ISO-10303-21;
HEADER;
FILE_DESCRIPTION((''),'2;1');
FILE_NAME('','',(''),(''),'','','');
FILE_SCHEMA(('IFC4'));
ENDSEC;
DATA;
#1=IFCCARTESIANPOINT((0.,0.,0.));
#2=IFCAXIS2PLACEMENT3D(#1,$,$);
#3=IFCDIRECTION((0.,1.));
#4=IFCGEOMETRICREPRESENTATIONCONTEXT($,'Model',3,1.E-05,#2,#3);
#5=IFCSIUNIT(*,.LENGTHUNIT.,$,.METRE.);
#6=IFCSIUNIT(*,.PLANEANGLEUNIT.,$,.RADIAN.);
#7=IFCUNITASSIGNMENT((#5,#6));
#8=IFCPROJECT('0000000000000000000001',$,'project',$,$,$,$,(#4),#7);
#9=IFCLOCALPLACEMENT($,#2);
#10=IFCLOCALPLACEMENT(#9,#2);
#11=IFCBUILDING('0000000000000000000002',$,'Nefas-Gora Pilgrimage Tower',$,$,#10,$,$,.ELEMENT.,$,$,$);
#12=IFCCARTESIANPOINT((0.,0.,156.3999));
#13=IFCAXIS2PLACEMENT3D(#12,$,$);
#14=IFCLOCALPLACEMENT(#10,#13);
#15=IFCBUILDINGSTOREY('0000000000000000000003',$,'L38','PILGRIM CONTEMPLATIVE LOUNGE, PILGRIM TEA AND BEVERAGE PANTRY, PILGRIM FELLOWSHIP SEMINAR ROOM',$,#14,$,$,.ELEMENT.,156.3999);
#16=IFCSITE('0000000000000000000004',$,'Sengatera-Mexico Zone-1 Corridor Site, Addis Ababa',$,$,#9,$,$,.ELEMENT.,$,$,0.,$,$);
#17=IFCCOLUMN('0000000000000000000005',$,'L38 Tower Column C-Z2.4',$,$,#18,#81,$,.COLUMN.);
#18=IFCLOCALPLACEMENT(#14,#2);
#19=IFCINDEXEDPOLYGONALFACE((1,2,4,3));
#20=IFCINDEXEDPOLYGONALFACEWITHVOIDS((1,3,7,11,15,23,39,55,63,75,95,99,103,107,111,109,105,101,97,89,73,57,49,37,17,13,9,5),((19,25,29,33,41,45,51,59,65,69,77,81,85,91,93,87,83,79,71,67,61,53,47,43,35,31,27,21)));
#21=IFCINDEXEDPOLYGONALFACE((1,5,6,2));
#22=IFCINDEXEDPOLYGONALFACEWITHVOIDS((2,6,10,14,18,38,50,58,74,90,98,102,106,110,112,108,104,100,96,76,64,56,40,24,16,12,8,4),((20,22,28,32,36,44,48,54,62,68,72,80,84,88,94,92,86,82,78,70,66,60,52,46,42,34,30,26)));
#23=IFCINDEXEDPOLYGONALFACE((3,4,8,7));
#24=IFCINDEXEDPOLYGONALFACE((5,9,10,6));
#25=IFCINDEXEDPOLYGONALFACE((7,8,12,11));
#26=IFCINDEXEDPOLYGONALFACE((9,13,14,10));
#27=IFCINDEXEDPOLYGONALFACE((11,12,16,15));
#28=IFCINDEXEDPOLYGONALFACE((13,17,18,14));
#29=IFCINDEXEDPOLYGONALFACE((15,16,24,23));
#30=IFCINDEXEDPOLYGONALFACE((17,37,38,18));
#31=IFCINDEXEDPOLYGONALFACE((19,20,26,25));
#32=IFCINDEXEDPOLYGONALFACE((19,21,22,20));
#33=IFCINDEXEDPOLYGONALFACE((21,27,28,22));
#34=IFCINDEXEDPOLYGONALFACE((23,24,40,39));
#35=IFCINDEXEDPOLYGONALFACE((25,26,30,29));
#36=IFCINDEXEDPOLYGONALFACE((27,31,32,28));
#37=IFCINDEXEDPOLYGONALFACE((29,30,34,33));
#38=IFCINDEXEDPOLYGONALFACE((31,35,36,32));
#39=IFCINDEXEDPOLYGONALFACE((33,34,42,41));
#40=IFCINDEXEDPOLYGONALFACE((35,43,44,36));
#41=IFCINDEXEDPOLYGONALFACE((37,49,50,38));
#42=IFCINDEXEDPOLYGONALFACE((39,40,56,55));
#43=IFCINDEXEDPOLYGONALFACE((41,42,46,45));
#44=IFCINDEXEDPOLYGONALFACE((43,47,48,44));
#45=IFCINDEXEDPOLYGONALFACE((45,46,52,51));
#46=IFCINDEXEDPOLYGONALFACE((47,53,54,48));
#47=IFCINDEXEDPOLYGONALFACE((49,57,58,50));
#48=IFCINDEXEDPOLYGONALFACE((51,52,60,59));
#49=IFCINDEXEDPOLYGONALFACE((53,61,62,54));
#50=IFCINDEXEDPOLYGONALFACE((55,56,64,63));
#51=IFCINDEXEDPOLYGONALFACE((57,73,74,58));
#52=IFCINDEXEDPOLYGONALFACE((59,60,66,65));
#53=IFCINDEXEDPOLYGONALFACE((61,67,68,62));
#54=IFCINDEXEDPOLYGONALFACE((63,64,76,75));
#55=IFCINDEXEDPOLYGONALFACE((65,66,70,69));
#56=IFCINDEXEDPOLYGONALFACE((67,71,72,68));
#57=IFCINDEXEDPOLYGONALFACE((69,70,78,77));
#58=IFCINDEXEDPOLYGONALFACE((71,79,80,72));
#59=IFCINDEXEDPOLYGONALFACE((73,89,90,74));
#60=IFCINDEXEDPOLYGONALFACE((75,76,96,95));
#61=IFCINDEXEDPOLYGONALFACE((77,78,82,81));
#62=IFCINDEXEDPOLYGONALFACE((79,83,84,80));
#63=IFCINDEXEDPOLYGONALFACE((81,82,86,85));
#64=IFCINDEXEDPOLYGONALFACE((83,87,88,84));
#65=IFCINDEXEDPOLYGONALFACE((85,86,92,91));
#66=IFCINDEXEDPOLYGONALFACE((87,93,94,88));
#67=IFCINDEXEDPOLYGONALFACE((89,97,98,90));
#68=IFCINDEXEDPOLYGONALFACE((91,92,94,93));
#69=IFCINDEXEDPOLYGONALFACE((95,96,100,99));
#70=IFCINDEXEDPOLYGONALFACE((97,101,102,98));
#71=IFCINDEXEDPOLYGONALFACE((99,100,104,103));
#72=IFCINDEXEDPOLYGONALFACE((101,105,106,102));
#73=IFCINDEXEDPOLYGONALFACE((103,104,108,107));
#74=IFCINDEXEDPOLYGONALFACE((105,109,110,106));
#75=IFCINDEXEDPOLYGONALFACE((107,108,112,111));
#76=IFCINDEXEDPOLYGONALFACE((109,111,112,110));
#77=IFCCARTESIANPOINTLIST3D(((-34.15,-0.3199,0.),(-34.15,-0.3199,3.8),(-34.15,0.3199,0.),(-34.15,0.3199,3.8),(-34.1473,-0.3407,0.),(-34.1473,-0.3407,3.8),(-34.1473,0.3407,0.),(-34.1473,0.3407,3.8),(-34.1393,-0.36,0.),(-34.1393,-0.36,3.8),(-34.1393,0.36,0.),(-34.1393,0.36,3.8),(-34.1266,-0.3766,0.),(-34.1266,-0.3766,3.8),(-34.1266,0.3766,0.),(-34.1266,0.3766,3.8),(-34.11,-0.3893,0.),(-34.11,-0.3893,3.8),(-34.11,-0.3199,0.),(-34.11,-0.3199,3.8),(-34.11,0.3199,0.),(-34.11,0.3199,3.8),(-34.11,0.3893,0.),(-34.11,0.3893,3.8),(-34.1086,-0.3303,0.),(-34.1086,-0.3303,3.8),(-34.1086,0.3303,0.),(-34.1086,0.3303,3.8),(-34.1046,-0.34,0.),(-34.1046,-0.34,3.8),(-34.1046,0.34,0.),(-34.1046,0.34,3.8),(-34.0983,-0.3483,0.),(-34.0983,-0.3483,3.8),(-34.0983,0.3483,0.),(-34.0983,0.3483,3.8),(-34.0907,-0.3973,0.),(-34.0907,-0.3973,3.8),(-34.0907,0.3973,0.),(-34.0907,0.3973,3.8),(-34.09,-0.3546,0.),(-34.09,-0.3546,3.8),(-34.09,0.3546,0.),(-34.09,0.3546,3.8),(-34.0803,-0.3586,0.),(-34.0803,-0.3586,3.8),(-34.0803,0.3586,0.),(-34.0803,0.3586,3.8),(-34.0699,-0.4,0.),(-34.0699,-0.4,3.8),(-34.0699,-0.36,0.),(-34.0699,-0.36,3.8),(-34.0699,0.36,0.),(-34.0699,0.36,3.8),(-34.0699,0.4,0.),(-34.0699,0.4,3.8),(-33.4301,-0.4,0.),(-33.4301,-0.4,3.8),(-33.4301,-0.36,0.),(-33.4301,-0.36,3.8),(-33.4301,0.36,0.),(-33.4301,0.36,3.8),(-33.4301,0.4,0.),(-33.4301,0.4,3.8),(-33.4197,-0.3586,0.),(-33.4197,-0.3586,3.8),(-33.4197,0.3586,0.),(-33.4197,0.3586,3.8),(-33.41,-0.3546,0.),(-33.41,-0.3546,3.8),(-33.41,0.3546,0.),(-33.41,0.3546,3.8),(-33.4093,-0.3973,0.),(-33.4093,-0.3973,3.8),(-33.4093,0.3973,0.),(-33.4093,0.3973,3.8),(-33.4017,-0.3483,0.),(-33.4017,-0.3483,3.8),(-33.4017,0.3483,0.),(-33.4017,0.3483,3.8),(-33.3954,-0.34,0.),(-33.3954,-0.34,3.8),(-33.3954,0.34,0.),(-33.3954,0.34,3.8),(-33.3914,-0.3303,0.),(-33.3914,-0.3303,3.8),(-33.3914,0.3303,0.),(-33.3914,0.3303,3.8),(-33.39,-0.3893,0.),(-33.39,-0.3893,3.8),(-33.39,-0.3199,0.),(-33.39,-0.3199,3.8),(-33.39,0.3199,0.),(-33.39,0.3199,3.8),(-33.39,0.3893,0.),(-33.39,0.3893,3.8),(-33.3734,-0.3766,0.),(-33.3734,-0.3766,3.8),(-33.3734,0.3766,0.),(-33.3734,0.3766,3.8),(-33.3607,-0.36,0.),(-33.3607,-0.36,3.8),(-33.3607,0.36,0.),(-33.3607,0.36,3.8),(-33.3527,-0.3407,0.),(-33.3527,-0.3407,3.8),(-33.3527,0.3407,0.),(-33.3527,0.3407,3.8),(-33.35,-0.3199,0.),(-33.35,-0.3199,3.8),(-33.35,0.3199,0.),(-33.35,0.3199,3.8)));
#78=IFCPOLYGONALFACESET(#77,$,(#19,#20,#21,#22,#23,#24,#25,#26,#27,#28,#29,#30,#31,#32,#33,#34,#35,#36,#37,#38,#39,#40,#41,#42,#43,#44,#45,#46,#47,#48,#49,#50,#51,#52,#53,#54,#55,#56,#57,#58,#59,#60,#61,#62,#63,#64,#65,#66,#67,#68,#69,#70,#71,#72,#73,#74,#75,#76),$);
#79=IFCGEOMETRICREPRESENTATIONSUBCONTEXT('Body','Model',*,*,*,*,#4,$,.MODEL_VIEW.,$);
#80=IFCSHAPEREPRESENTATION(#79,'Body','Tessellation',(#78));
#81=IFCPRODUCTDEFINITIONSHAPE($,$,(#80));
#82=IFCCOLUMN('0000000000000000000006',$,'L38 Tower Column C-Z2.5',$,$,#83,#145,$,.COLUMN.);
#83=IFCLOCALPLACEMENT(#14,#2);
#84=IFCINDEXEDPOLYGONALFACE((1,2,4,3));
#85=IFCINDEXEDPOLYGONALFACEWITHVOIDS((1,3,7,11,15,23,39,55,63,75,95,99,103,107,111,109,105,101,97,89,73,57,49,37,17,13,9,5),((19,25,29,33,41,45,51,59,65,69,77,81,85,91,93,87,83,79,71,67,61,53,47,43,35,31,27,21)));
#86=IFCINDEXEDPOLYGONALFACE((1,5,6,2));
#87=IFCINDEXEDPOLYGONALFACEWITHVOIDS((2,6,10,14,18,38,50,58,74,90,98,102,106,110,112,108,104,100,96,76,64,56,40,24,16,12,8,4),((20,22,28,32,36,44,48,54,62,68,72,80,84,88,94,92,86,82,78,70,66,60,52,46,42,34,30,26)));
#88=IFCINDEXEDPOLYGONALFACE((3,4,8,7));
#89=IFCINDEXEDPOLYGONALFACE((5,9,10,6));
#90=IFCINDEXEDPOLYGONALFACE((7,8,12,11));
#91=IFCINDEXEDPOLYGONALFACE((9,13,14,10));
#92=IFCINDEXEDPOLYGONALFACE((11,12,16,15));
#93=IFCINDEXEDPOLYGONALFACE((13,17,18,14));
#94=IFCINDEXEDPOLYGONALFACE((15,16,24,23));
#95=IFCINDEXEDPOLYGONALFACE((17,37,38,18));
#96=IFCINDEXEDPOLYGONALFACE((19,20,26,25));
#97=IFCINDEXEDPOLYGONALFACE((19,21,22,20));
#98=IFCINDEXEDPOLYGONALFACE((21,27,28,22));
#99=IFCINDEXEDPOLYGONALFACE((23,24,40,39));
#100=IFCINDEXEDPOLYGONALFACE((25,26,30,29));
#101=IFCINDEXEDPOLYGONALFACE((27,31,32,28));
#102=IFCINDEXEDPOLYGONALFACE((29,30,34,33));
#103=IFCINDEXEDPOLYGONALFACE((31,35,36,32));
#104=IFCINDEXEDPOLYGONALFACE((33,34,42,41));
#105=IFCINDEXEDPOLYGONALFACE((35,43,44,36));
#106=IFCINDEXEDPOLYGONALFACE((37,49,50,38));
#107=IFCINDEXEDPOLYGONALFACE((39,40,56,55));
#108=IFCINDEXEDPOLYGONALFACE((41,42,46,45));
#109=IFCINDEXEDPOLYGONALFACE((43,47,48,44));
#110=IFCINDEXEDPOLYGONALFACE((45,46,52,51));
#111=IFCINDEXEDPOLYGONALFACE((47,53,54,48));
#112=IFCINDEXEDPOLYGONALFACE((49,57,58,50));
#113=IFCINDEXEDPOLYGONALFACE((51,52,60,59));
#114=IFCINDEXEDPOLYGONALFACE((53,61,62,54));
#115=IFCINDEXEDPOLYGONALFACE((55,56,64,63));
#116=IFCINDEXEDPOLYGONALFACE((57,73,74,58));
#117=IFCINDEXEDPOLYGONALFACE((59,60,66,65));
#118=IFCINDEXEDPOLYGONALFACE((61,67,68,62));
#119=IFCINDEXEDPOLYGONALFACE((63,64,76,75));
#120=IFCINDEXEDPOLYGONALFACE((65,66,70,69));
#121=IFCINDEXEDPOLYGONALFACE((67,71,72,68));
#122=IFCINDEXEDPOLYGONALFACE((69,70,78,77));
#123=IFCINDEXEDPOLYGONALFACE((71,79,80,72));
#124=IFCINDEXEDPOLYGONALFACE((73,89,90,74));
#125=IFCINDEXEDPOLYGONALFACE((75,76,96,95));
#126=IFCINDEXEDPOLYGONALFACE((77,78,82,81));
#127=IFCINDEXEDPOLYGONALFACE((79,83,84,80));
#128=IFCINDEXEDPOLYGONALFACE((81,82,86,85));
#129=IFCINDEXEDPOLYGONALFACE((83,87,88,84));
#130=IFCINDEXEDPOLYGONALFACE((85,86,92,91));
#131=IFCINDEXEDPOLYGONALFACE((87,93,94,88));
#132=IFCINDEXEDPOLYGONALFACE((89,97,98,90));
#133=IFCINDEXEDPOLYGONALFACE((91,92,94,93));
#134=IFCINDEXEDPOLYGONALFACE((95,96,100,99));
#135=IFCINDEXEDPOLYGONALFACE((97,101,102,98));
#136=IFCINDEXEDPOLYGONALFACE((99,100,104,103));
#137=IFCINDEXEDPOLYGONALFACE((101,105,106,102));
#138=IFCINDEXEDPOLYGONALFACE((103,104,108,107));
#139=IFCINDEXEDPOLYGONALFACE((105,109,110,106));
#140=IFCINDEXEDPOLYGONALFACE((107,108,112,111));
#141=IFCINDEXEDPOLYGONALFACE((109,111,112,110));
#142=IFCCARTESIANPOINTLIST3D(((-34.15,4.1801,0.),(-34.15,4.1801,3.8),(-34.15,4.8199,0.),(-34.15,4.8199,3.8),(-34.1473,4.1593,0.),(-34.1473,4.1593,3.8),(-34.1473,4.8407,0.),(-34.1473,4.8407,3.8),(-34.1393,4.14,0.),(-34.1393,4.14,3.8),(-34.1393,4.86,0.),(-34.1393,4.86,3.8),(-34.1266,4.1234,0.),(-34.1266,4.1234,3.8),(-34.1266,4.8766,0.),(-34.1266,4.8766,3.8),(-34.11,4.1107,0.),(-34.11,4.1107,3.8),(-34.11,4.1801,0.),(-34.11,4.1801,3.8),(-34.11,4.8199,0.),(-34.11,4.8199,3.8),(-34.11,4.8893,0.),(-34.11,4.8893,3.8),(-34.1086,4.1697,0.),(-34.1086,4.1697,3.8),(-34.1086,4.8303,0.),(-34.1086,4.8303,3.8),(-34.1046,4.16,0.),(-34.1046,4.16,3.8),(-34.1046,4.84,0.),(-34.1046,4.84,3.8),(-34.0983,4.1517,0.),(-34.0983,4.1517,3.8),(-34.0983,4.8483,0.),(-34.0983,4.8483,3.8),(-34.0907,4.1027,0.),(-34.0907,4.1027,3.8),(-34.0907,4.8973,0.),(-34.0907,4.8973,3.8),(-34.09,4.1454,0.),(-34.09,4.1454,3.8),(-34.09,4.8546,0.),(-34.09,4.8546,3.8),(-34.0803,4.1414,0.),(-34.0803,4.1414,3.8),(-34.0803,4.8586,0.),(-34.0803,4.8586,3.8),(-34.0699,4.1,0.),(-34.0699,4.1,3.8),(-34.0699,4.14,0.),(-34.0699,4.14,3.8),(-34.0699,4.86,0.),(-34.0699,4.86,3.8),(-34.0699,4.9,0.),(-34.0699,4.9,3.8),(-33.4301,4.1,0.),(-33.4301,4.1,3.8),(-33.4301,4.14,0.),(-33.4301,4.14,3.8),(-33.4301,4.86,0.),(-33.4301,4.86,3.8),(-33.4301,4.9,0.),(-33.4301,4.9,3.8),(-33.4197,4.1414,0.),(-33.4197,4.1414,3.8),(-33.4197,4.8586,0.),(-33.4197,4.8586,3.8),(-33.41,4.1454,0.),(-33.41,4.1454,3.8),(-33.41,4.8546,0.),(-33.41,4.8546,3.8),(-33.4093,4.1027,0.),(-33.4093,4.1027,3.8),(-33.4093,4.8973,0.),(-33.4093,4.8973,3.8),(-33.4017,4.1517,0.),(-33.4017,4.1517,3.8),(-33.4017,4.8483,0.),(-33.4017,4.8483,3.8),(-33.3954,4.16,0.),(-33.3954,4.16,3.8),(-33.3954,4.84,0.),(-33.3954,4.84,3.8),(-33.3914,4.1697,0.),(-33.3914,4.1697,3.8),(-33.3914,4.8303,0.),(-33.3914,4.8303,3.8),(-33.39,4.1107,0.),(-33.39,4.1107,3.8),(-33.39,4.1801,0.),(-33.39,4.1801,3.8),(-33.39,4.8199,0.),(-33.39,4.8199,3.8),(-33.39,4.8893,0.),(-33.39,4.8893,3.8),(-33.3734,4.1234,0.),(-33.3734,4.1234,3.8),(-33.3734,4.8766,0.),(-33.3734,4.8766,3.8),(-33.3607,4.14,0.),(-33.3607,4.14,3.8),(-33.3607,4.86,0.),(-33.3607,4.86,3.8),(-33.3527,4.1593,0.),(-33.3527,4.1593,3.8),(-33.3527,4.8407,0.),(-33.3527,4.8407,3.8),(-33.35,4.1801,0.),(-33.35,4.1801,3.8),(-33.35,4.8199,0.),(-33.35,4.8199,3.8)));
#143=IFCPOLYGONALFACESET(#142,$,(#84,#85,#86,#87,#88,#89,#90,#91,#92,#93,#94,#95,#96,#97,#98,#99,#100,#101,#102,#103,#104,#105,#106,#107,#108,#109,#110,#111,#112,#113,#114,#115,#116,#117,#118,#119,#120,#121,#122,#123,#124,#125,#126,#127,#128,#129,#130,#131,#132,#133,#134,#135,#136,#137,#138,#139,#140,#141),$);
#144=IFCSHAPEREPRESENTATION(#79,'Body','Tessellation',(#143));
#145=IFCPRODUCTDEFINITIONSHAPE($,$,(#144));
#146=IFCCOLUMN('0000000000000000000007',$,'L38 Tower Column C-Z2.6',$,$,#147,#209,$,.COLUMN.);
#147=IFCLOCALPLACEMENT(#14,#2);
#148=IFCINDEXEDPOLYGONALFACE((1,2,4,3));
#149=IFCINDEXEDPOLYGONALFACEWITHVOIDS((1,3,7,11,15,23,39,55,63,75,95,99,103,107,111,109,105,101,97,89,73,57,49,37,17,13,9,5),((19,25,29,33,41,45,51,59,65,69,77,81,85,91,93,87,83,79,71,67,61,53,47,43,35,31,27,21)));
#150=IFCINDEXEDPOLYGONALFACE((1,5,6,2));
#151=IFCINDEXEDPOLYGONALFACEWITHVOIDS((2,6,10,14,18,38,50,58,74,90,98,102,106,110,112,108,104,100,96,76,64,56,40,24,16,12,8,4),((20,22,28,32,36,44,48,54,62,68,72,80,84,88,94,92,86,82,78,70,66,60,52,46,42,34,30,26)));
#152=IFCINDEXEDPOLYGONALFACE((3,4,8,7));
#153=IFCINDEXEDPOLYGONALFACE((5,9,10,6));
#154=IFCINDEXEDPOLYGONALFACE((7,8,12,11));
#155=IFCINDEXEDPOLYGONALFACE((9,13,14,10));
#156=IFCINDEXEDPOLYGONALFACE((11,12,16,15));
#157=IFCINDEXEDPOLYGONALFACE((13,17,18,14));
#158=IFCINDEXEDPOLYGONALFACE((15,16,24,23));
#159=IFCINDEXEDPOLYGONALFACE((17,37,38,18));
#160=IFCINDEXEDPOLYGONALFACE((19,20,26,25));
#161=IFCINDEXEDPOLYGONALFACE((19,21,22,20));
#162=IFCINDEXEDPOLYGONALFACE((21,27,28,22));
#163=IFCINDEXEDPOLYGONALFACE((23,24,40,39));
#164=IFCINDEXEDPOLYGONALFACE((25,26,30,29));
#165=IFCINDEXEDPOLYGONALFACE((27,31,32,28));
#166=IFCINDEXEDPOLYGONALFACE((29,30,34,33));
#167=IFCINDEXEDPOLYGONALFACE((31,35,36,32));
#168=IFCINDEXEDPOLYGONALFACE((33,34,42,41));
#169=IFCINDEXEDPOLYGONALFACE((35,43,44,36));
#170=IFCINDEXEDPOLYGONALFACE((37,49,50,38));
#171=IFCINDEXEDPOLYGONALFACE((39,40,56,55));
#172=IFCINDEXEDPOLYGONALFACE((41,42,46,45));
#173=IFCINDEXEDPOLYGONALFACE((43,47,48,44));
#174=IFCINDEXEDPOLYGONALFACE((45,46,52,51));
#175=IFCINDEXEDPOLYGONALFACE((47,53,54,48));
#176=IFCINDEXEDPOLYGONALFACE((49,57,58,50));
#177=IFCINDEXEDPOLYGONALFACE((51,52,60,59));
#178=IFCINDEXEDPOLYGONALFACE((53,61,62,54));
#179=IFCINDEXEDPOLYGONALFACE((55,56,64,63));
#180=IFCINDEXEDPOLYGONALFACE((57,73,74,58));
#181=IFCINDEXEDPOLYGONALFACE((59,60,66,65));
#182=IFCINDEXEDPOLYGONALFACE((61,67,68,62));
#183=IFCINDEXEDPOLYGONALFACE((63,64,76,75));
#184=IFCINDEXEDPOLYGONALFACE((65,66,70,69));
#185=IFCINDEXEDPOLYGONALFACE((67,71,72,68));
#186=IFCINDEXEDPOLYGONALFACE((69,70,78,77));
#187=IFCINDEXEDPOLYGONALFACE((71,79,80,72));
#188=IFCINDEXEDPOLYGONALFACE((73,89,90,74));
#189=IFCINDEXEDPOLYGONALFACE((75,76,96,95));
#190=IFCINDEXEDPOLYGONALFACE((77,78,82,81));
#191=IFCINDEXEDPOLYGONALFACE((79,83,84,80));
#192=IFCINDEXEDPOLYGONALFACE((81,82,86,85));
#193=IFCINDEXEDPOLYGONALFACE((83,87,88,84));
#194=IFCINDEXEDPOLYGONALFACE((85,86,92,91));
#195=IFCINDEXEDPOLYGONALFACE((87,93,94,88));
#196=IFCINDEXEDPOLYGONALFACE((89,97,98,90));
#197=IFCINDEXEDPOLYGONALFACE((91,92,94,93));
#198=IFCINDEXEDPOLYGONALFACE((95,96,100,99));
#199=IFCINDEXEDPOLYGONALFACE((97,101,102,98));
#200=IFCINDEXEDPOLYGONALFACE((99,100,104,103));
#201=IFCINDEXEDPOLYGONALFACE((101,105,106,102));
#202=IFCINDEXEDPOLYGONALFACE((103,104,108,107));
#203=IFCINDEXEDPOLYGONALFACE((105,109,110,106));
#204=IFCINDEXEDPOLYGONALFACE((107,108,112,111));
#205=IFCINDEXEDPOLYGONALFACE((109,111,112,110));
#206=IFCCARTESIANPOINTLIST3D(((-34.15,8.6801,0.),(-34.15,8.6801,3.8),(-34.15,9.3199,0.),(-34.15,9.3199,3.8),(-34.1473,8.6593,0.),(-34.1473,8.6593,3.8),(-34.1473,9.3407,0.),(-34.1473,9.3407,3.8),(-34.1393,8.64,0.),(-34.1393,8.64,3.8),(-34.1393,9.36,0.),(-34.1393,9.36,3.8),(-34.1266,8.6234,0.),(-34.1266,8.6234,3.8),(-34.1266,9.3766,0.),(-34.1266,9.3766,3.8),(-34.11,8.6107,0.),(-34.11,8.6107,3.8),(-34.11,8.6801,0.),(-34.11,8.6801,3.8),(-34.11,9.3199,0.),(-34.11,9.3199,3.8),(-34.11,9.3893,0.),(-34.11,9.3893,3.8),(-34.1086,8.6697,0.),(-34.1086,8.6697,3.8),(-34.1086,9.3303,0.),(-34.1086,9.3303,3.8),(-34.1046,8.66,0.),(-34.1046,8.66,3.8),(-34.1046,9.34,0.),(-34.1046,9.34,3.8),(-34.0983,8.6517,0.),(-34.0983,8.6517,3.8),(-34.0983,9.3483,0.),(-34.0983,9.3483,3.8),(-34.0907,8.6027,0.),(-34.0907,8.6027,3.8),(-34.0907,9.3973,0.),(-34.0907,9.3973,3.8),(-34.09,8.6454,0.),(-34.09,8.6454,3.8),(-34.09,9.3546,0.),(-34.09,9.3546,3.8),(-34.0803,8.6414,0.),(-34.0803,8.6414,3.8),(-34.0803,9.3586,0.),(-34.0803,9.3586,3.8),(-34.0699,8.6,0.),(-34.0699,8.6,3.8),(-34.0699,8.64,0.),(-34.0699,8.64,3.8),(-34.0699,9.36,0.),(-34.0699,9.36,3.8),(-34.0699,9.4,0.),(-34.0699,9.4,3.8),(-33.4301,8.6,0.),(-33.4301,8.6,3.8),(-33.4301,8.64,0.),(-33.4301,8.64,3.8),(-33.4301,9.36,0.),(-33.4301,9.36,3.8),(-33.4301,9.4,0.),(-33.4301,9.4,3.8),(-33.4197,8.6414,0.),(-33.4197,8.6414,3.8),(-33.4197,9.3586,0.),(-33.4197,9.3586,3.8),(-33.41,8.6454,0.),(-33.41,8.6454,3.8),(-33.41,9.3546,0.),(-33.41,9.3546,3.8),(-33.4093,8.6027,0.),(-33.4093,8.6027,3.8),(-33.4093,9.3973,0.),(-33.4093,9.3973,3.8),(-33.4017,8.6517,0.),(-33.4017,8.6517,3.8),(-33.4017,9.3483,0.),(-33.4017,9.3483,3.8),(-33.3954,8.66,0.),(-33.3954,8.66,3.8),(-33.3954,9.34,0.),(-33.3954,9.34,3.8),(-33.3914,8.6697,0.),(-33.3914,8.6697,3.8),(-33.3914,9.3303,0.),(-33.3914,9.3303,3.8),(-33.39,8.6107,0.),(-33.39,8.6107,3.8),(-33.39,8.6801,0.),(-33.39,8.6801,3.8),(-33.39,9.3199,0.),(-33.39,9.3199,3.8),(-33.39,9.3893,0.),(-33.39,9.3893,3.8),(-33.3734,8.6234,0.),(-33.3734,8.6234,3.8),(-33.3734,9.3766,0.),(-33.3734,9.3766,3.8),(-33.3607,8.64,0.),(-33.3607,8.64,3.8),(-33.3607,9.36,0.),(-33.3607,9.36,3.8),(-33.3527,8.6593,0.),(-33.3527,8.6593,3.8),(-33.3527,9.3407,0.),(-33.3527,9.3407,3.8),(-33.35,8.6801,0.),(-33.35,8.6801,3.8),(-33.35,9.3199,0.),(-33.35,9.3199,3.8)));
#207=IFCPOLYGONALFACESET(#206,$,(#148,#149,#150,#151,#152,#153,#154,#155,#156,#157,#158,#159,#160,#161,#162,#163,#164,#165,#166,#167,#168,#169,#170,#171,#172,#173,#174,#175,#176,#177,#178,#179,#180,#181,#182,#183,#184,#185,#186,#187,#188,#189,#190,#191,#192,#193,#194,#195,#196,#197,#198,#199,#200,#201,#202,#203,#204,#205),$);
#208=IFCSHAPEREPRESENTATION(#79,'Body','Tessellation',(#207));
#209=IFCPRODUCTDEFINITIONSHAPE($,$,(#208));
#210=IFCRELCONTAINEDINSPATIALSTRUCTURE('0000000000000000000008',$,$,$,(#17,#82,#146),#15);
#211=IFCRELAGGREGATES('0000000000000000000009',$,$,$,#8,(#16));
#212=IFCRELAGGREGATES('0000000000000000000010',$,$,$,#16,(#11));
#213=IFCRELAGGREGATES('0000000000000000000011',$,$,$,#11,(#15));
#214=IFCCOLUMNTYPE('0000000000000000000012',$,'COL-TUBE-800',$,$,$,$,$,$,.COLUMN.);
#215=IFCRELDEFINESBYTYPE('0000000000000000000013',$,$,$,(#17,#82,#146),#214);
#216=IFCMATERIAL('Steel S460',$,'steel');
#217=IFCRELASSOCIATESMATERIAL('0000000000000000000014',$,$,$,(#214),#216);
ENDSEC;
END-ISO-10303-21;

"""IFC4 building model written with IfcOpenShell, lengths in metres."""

from ifc_helpers import new_model, si_unit, direction, frame, origin, origin_2d, place, context, subcontext, project, spatial, hollow_rectangle, extrude, source, transform, mapped, material, material_profile, profile_set, type_object, element, save


model = new_model("IFC4")

# Units and contexts
model_context = context("Model", 3, precision=1e-05, world=origin(), true_north=direction((0.0, 1.0)))
body_context = subcontext(model_context, "Body", "Model", "MODEL_VIEW")
ifc_project = project(units=[si_unit("LENGTHUNIT", "METRE"), si_unit("PLANEANGLEUNIT", "RADIAN")], contexts=[model_context])

# Site, building, storey
site_placement = place(None, origin())
site = spatial("IfcSite", under=ifc_project, at=site_placement, Name="Sengatera-Mexico Zone-1 Corridor Site, Addis Ababa", CompositionType="ELEMENT", RefElevation=0.0)
building_placement = place(site_placement, origin())
building = spatial("IfcBuilding", under=site, at=building_placement, Name="Nefas-Gora Pilgrimage Tower", CompositionType="ELEMENT")
storey_placement = place(building_placement, frame((0.0, 0.0, 156.3999)))
storey = spatial("IfcBuildingStorey", under=building, at=storey_placement, Name="L38", Description="PILGRIM CONTEMPLATIVE LOUNGE, PILGRIM TEA AND BEVERAGE PANTRY, PILGRIM FELLOWSHIP SEMINAR ROOM", CompositionType="ELEMENT", Elevation=156.3999)

# Columns
ifc_material_1 = material(Name="Steel S460", Category="steel")
ifc_material_profile_1 = material_profile(ifc_material_1, hollow_rectangle(XDim=0.8, YDim=0.8, WallThickness=0.04, InnerFilletRadius=0.04, OuterFilletRadius=0.0801, at=origin_2d()), Name="BOX 800x800x40")
ifc_profile_set_1 = profile_set([ifc_material_profile_1], Name="Steel S460")
column_type_1 = type_object("IfcColumnType", Name="COL-TUBE-800", PredefinedType="COLUMN", material=ifc_profile_set_1)
shared_shape_1 = source(origin(), body_context, "Body", "SweptSolid", [
    extrude(hollow_rectangle(XDim=0.8, YDim=0.8, WallThickness=0.04, InnerFilletRadius=0.04, OuterFilletRadius=0.0801, at=origin_2d()), origin(), (0.0, 0.0, 1.0), 3.8),
])
for number, where, z_axis, x_axis, name in (
    (1, (-33.75, 0.0, 0.0), (0.0, 0.0, 1.0), (1.0, 0.0, 0.0), "L38 Tower Column C-Z2.4"),
    (2, (-33.75, 4.5, 0.0), (0.0, 0.0, 1.0), (1.0, 0.0, 0.0), "L38 Tower Column C-Z2.5"),
    (3, (-33.75, 9.0, 0.0), (0.0, 0.0, 1.0), (1.0, 0.0, 0.0), "L38 Tower Column C-Z2.6"),
):
    element("IfcColumn", number, at=place(storey_placement, frame(where, z_axis=z_axis, x_axis=x_axis)), inside=storey, type_object=column_type_1, Name=name, PredefinedType="COLUMN", context=body_context, shape_type="MappedRepresentation", body=[
        mapped(shared_shape_1, transform((0.0, 0.0, 0.0), x_axis=(1.0, 0.0, 0.0), y_axis=(0.0, 1.0, 0.0), z_axis=(0.0, 0.0, 1.0), scale=1.0)),
    ])

save(model, "model.ifc")
